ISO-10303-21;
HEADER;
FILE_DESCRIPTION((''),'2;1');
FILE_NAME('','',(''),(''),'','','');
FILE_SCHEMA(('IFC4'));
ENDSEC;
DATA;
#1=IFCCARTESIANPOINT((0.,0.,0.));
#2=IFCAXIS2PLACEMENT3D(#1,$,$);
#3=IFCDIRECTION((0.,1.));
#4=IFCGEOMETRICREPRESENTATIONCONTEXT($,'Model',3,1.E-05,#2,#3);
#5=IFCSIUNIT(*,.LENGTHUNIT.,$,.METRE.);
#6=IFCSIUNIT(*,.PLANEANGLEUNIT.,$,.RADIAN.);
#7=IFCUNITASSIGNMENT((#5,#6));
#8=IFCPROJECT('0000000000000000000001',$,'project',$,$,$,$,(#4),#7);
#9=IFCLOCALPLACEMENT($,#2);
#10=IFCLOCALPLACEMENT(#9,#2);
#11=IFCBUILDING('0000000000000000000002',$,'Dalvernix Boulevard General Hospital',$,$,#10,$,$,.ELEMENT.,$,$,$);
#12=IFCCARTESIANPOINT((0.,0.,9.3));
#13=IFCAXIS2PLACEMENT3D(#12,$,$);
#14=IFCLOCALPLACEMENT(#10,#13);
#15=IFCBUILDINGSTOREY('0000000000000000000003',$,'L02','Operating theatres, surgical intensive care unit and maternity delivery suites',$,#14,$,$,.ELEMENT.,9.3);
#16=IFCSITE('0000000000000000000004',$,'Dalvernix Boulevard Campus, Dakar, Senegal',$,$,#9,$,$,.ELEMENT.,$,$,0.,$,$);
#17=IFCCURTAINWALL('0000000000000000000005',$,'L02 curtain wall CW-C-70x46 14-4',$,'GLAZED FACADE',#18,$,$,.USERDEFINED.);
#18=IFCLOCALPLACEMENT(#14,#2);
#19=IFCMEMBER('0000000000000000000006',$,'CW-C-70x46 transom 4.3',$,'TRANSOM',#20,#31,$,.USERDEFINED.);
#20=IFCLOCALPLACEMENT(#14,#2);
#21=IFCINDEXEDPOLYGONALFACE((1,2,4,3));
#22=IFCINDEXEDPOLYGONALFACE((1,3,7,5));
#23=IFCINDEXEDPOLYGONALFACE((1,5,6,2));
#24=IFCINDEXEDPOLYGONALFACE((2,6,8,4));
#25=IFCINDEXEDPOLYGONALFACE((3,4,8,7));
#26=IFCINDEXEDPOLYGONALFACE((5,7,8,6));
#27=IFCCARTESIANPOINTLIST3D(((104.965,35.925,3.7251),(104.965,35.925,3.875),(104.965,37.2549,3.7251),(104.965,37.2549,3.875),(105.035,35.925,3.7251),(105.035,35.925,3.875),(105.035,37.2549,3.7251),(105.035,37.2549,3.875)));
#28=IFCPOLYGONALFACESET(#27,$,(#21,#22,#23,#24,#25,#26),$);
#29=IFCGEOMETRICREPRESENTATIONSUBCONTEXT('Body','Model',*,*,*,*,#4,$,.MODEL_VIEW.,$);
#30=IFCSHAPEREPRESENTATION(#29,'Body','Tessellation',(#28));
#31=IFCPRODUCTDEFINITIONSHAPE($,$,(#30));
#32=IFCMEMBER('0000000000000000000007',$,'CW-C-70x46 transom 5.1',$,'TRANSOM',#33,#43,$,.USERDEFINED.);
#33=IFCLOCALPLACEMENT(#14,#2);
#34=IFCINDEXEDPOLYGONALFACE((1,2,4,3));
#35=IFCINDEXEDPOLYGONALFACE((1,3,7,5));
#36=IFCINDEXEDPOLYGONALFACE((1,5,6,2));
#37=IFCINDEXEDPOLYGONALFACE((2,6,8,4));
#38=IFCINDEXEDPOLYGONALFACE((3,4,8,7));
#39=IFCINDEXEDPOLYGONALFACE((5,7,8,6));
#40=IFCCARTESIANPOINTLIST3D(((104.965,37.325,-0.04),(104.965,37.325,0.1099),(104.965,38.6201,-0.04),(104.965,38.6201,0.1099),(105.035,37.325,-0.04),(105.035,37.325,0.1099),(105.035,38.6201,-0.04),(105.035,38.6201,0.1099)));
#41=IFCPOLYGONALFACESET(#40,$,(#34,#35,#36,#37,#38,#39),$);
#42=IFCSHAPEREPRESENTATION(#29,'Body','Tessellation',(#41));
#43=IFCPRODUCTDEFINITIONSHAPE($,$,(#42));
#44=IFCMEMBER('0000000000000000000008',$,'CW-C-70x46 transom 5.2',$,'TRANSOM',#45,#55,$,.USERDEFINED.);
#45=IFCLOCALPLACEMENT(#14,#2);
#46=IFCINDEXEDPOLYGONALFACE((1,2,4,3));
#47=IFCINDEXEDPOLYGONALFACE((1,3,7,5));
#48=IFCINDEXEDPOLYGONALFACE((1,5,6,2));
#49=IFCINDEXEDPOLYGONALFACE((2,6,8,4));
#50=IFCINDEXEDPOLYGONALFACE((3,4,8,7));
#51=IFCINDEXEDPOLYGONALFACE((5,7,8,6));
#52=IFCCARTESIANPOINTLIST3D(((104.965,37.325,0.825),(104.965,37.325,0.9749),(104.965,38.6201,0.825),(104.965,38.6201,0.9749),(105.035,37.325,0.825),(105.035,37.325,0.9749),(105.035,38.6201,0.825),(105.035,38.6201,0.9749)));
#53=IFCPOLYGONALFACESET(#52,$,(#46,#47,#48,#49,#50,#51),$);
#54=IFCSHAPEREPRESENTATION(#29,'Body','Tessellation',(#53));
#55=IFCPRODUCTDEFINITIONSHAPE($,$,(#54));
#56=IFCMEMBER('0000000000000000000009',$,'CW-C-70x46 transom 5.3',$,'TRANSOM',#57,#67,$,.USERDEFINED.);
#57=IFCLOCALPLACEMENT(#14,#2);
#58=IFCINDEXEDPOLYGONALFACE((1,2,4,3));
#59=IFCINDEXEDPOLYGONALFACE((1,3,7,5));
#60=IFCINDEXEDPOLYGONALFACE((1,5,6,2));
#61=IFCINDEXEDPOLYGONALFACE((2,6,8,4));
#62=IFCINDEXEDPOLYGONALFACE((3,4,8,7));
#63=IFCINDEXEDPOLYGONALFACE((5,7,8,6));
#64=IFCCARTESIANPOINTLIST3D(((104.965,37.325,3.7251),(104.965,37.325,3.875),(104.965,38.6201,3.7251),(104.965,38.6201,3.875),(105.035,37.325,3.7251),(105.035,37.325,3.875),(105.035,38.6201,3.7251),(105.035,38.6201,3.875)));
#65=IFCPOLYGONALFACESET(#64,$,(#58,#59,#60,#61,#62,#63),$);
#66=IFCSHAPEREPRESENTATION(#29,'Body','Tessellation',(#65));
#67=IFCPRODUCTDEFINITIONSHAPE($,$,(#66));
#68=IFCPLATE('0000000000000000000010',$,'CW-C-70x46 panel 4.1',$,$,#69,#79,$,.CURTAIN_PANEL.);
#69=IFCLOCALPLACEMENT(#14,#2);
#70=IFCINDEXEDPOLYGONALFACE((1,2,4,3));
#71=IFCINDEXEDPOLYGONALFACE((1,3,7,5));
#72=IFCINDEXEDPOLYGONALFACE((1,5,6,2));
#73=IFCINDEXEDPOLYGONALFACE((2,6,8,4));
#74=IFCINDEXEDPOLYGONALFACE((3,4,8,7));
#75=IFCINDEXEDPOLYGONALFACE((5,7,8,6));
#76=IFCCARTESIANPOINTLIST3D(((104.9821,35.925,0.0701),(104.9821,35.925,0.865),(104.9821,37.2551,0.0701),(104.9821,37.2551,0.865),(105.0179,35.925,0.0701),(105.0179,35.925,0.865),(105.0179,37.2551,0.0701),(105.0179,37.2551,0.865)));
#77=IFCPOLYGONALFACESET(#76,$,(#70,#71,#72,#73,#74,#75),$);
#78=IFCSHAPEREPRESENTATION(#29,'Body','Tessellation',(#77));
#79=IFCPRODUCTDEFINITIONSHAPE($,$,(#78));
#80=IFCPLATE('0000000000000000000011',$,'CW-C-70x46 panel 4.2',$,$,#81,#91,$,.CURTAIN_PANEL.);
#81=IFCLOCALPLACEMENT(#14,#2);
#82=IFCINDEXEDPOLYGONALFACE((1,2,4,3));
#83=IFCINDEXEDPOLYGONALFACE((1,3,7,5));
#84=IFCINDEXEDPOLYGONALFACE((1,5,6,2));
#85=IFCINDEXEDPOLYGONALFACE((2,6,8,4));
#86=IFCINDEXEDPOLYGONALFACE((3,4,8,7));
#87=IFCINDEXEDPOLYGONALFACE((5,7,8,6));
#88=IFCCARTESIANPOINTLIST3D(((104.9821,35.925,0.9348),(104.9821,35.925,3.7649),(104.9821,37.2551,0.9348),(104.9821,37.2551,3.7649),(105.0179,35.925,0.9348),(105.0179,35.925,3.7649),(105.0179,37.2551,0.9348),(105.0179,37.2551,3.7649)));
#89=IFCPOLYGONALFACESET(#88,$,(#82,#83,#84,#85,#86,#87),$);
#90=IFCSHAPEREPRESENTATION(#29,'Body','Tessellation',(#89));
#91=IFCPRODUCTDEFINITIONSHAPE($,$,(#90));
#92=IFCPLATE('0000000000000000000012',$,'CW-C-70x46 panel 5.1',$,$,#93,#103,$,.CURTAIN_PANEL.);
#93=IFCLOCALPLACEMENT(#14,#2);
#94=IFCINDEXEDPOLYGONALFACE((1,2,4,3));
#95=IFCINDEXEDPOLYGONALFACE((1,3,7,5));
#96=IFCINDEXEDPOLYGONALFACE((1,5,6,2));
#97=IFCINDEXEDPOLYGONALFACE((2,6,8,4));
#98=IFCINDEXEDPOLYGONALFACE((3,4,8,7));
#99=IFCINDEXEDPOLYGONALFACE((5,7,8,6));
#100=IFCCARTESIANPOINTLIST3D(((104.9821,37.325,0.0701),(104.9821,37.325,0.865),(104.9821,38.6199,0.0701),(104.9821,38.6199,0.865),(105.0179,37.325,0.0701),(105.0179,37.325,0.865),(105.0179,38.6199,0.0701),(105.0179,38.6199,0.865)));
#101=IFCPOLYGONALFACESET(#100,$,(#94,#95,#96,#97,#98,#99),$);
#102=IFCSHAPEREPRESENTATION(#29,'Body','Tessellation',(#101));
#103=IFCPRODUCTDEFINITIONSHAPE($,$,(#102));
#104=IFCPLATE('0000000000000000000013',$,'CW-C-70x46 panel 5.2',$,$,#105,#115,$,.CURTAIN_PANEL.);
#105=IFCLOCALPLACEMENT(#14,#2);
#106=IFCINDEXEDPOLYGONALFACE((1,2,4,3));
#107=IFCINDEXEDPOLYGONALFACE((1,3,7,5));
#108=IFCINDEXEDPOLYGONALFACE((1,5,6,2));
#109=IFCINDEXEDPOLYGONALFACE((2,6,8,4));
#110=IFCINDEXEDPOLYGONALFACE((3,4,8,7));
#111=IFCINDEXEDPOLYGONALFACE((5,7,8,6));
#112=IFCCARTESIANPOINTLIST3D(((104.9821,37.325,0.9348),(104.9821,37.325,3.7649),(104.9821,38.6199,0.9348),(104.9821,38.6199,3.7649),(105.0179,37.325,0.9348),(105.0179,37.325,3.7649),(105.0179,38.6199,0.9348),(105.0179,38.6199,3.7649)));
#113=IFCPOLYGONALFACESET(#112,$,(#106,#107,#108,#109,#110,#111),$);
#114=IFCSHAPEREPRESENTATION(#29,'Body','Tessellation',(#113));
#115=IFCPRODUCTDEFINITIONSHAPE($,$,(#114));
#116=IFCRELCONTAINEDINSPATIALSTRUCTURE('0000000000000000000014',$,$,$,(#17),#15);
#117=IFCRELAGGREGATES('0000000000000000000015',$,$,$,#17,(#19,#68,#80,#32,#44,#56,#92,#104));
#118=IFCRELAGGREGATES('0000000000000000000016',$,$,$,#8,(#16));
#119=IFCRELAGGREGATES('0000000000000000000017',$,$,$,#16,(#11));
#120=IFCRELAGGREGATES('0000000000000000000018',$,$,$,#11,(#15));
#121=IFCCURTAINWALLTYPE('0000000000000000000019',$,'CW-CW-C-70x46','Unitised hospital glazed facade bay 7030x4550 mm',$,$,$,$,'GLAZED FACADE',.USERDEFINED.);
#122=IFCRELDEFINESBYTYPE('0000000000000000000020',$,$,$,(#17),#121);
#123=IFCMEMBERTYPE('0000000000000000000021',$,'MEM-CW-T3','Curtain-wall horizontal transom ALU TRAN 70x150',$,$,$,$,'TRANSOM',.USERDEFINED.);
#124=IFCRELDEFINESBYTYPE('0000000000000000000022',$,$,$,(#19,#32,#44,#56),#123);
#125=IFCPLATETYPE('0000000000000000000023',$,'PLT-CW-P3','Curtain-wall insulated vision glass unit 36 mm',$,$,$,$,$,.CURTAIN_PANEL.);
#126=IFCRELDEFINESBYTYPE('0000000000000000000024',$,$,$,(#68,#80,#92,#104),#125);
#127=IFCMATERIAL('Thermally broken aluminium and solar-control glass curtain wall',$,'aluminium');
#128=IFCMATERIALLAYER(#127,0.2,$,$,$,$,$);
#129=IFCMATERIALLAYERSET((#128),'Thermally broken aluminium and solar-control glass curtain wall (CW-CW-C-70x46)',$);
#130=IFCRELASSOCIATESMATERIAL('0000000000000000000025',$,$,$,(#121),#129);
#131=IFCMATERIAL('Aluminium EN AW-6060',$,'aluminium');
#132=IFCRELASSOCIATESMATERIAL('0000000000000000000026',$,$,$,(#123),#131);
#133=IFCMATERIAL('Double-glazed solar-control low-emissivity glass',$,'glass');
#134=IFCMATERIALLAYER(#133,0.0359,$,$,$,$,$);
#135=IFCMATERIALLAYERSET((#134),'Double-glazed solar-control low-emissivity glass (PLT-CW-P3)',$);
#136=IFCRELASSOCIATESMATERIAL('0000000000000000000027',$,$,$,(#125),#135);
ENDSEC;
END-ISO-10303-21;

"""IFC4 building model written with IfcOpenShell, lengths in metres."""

from ifc_helpers import new_model, si_unit, direction, frame, origin, origin_2d, place, context, subcontext, project, spatial, rectangle, extrude, material, layer, layer_set, material_profile, profile_set, type_object, element, aggregate, save


model = new_model("IFC4")

# Units and contexts
model_context = context("Model", 3, precision=1e-05, world=origin(), true_north=direction((0.0, 1.0)))
body_context = subcontext(model_context, "Body", "Model", "MODEL_VIEW")
ifc_project = project(units=[si_unit("LENGTHUNIT", "METRE"), si_unit("PLANEANGLEUNIT", "RADIAN")], contexts=[model_context])

# Site, building, storey
site_placement = place(None, origin())
site = spatial("IfcSite", under=ifc_project, at=site_placement, Name="Dalvernix Boulevard Campus, Dakar, Senegal", CompositionType="ELEMENT", RefElevation=0.0)
building_placement = place(site_placement, origin())
building = spatial("IfcBuilding", under=site, at=building_placement, Name="Dalvernix Boulevard General Hospital", CompositionType="ELEMENT")
storey_placement = place(building_placement, frame((0.0, 0.0, 9.3)))
storey = spatial("IfcBuildingStorey", under=building, at=storey_placement, Name="L02", Description="Operating theatres, surgical intensive care unit and maternity delivery suites", CompositionType="ELEMENT", Elevation=9.3)

# Curtain wall
ifc_material_1 = material(Name="Thermally broken aluminium and solar-control glass curtain wall", Category="aluminium")
ifc_material_2 = material(Name="Aluminium EN AW-6060", Category="aluminium")
ifc_layer_1 = layer(ifc_material_1, 0.2)
ifc_layer_set_1 = layer_set([ifc_layer_1], Name="Thermally broken aluminium and solar-control glass curtain wall (CW-CW-C-70x46)")
curtain_wall_type_1 = type_object("IfcCurtainWallType", Name="CW-CW-C-70x46", Description="Unitised hospital glazed facade bay 7030x4550 mm", ElementType="GLAZED FACADE", PredefinedType="USERDEFINED", material=ifc_layer_set_1)
curtain_wall_1_placement = place(storey_placement, origin())
curtain_wall_1 = element("IfcCurtainWall", 1, at=curtain_wall_1_placement, inside=storey, type_object=curtain_wall_type_1, Name="L02 curtain wall CW-C-70x46 14-4", ObjectType="GLAZED FACADE", PredefinedType="USERDEFINED")

# Members
ifc_material_profile_1 = material_profile(ifc_material_2, rectangle(XDim=0.0701, YDim=0.1499, at=origin_2d()), Name="ALU TRAN 70x150")
ifc_profile_set_1 = profile_set([ifc_material_profile_1], Name="Aluminium EN AW-6060")
member_type_1 = type_object("IfcMemberType", Name="MEM-CW-T3", Description="Curtain-wall horizontal transom ALU TRAN 70x150", ElementType="TRANSOM", PredefinedType="USERDEFINED", material=ifc_profile_set_1)
member_1_placement = place(storey_placement, frame((105.0, 35.925, 3.8), z_axis=(0.0, 1.0, 0.0), x_axis=(-1.0, 0.0, 0.0)))
member_1 = element("IfcMember", 2, at=member_1_placement, type_object=member_type_1, Name="CW-C-70x46 transom 4.3", ObjectType="TRANSOM", PredefinedType="USERDEFINED", context=body_context, shape_type="SweptSolid", body=[
    extrude(rectangle(XDim=0.0701, YDim=0.1499, at=origin_2d()), origin(), (0.0, 0.0, 1.0), 1.3298),
])
member_2_placement = place(storey_placement, frame((105.0, 37.325, 0.0349), z_axis=(0.0, 1.0, 0.0), x_axis=(-1.0, 0.0, 0.0)))
member_2 = element("IfcMember", 3, at=member_2_placement, type_object=member_type_1, Name="CW-C-70x46 transom 5.1", ObjectType="TRANSOM", PredefinedType="USERDEFINED", context=body_context, shape_type="SweptSolid", body=[
    extrude(rectangle(XDim=0.0701, YDim=0.1499, at=origin_2d()), origin(), (0.0, 0.0, 1.0), 1.2952),
])
member_3_placement = place(storey_placement, frame((105.0, 37.325, 0.8999), z_axis=(0.0, 1.0, 0.0), x_axis=(-1.0, 0.0, 0.0)))
member_3 = element("IfcMember", 4, at=member_3_placement, type_object=member_type_1, Name="CW-C-70x46 transom 5.2", ObjectType="TRANSOM", PredefinedType="USERDEFINED", context=body_context, shape_type="SweptSolid", body=[
    extrude(rectangle(XDim=0.0701, YDim=0.1499, at=origin_2d()), origin(), (0.0, 0.0, 1.0), 1.2952),
])
member_4_placement = place(storey_placement, frame((105.0, 37.325, 3.8), z_axis=(0.0, 1.0, 0.0), x_axis=(-1.0, 0.0, 0.0)))
member_4 = element("IfcMember", 5, at=member_4_placement, type_object=member_type_1, Name="CW-C-70x46 transom 5.3", ObjectType="TRANSOM", PredefinedType="USERDEFINED", context=body_context, shape_type="SweptSolid", body=[
    extrude(rectangle(XDim=0.0701, YDim=0.1499, at=origin_2d()), origin(), (0.0, 0.0, 1.0), 1.2952),
])

# Plates
ifc_material_3 = material(Name="Double-glazed solar-control low-emissivity glass", Category="glass")
ifc_layer_2 = layer(ifc_material_3, 0.0359)
ifc_layer_set_2 = layer_set([ifc_layer_2], Name="Double-glazed solar-control low-emissivity glass (PLT-CW-P3)")
plate_type = type_object("IfcPlateType", Name="PLT-CW-P3", Description="Curtain-wall insulated vision glass unit 36 mm", PredefinedType="CURTAIN_PANEL", material=ifc_layer_set_2)
plate_1_placement = place(storey_placement, frame((105.0, 36.5901, 0.0701), z_axis=(0.0, 0.0, 1.0), x_axis=(0.0, 1.0, 0.0)))
plate_1 = element("IfcPlate", 6, at=plate_1_placement, type_object=plate_type, Name="CW-C-70x46 panel 4.1", PredefinedType="CURTAIN_PANEL", context=body_context, shape_type="SweptSolid", body=[
    extrude(rectangle(XDim=1.3301, YDim=0.0359, at=origin_2d()), origin(), (0.0, 0.0, 1.0), 0.7949),
])
plate_2_placement = place(storey_placement, frame((105.0, 36.5901, 0.9348), z_axis=(0.0, 0.0, 1.0), x_axis=(0.0, 1.0, 0.0)))
plate_2 = element("IfcPlate", 7, at=plate_2_placement, type_object=plate_type, Name="CW-C-70x46 panel 4.2", PredefinedType="CURTAIN_PANEL", context=body_context, shape_type="SweptSolid", body=[
    extrude(rectangle(XDim=1.3301, YDim=0.0359, at=origin_2d()), origin(), (0.0, 0.0, 1.0), 2.8301),
])
plate_3_placement = place(storey_placement, frame((105.0, 37.9724, 0.0701), z_axis=(0.0, 0.0, 1.0), x_axis=(0.0, 1.0, 0.0)))
plate_3 = element("IfcPlate", 8, at=plate_3_placement, type_object=plate_type, Name="CW-C-70x46 panel 5.1", PredefinedType="CURTAIN_PANEL", context=body_context, shape_type="SweptSolid", body=[
    extrude(rectangle(XDim=1.2949, YDim=0.0359, at=origin_2d()), origin(), (0.0, 0.0, 1.0), 0.7949),
])
plate_4_placement = place(storey_placement, frame((105.0, 37.9724, 0.9348), z_axis=(0.0, 0.0, 1.0), x_axis=(0.0, 1.0, 0.0)))
plate_4 = element("IfcPlate", 9, at=plate_4_placement, type_object=plate_type, Name="CW-C-70x46 panel 5.2", PredefinedType="CURTAIN_PANEL", context=body_context, shape_type="SweptSolid", body=[
    extrude(rectangle(XDim=1.2949, YDim=0.0359, at=origin_2d()), origin(), (0.0, 0.0, 1.0), 2.8301),
])
aggregate(curtain_wall_1, [member_1, plate_1, plate_2, member_2, member_3, member_4, plate_3, plate_4])

save(model, "model.ifc")
